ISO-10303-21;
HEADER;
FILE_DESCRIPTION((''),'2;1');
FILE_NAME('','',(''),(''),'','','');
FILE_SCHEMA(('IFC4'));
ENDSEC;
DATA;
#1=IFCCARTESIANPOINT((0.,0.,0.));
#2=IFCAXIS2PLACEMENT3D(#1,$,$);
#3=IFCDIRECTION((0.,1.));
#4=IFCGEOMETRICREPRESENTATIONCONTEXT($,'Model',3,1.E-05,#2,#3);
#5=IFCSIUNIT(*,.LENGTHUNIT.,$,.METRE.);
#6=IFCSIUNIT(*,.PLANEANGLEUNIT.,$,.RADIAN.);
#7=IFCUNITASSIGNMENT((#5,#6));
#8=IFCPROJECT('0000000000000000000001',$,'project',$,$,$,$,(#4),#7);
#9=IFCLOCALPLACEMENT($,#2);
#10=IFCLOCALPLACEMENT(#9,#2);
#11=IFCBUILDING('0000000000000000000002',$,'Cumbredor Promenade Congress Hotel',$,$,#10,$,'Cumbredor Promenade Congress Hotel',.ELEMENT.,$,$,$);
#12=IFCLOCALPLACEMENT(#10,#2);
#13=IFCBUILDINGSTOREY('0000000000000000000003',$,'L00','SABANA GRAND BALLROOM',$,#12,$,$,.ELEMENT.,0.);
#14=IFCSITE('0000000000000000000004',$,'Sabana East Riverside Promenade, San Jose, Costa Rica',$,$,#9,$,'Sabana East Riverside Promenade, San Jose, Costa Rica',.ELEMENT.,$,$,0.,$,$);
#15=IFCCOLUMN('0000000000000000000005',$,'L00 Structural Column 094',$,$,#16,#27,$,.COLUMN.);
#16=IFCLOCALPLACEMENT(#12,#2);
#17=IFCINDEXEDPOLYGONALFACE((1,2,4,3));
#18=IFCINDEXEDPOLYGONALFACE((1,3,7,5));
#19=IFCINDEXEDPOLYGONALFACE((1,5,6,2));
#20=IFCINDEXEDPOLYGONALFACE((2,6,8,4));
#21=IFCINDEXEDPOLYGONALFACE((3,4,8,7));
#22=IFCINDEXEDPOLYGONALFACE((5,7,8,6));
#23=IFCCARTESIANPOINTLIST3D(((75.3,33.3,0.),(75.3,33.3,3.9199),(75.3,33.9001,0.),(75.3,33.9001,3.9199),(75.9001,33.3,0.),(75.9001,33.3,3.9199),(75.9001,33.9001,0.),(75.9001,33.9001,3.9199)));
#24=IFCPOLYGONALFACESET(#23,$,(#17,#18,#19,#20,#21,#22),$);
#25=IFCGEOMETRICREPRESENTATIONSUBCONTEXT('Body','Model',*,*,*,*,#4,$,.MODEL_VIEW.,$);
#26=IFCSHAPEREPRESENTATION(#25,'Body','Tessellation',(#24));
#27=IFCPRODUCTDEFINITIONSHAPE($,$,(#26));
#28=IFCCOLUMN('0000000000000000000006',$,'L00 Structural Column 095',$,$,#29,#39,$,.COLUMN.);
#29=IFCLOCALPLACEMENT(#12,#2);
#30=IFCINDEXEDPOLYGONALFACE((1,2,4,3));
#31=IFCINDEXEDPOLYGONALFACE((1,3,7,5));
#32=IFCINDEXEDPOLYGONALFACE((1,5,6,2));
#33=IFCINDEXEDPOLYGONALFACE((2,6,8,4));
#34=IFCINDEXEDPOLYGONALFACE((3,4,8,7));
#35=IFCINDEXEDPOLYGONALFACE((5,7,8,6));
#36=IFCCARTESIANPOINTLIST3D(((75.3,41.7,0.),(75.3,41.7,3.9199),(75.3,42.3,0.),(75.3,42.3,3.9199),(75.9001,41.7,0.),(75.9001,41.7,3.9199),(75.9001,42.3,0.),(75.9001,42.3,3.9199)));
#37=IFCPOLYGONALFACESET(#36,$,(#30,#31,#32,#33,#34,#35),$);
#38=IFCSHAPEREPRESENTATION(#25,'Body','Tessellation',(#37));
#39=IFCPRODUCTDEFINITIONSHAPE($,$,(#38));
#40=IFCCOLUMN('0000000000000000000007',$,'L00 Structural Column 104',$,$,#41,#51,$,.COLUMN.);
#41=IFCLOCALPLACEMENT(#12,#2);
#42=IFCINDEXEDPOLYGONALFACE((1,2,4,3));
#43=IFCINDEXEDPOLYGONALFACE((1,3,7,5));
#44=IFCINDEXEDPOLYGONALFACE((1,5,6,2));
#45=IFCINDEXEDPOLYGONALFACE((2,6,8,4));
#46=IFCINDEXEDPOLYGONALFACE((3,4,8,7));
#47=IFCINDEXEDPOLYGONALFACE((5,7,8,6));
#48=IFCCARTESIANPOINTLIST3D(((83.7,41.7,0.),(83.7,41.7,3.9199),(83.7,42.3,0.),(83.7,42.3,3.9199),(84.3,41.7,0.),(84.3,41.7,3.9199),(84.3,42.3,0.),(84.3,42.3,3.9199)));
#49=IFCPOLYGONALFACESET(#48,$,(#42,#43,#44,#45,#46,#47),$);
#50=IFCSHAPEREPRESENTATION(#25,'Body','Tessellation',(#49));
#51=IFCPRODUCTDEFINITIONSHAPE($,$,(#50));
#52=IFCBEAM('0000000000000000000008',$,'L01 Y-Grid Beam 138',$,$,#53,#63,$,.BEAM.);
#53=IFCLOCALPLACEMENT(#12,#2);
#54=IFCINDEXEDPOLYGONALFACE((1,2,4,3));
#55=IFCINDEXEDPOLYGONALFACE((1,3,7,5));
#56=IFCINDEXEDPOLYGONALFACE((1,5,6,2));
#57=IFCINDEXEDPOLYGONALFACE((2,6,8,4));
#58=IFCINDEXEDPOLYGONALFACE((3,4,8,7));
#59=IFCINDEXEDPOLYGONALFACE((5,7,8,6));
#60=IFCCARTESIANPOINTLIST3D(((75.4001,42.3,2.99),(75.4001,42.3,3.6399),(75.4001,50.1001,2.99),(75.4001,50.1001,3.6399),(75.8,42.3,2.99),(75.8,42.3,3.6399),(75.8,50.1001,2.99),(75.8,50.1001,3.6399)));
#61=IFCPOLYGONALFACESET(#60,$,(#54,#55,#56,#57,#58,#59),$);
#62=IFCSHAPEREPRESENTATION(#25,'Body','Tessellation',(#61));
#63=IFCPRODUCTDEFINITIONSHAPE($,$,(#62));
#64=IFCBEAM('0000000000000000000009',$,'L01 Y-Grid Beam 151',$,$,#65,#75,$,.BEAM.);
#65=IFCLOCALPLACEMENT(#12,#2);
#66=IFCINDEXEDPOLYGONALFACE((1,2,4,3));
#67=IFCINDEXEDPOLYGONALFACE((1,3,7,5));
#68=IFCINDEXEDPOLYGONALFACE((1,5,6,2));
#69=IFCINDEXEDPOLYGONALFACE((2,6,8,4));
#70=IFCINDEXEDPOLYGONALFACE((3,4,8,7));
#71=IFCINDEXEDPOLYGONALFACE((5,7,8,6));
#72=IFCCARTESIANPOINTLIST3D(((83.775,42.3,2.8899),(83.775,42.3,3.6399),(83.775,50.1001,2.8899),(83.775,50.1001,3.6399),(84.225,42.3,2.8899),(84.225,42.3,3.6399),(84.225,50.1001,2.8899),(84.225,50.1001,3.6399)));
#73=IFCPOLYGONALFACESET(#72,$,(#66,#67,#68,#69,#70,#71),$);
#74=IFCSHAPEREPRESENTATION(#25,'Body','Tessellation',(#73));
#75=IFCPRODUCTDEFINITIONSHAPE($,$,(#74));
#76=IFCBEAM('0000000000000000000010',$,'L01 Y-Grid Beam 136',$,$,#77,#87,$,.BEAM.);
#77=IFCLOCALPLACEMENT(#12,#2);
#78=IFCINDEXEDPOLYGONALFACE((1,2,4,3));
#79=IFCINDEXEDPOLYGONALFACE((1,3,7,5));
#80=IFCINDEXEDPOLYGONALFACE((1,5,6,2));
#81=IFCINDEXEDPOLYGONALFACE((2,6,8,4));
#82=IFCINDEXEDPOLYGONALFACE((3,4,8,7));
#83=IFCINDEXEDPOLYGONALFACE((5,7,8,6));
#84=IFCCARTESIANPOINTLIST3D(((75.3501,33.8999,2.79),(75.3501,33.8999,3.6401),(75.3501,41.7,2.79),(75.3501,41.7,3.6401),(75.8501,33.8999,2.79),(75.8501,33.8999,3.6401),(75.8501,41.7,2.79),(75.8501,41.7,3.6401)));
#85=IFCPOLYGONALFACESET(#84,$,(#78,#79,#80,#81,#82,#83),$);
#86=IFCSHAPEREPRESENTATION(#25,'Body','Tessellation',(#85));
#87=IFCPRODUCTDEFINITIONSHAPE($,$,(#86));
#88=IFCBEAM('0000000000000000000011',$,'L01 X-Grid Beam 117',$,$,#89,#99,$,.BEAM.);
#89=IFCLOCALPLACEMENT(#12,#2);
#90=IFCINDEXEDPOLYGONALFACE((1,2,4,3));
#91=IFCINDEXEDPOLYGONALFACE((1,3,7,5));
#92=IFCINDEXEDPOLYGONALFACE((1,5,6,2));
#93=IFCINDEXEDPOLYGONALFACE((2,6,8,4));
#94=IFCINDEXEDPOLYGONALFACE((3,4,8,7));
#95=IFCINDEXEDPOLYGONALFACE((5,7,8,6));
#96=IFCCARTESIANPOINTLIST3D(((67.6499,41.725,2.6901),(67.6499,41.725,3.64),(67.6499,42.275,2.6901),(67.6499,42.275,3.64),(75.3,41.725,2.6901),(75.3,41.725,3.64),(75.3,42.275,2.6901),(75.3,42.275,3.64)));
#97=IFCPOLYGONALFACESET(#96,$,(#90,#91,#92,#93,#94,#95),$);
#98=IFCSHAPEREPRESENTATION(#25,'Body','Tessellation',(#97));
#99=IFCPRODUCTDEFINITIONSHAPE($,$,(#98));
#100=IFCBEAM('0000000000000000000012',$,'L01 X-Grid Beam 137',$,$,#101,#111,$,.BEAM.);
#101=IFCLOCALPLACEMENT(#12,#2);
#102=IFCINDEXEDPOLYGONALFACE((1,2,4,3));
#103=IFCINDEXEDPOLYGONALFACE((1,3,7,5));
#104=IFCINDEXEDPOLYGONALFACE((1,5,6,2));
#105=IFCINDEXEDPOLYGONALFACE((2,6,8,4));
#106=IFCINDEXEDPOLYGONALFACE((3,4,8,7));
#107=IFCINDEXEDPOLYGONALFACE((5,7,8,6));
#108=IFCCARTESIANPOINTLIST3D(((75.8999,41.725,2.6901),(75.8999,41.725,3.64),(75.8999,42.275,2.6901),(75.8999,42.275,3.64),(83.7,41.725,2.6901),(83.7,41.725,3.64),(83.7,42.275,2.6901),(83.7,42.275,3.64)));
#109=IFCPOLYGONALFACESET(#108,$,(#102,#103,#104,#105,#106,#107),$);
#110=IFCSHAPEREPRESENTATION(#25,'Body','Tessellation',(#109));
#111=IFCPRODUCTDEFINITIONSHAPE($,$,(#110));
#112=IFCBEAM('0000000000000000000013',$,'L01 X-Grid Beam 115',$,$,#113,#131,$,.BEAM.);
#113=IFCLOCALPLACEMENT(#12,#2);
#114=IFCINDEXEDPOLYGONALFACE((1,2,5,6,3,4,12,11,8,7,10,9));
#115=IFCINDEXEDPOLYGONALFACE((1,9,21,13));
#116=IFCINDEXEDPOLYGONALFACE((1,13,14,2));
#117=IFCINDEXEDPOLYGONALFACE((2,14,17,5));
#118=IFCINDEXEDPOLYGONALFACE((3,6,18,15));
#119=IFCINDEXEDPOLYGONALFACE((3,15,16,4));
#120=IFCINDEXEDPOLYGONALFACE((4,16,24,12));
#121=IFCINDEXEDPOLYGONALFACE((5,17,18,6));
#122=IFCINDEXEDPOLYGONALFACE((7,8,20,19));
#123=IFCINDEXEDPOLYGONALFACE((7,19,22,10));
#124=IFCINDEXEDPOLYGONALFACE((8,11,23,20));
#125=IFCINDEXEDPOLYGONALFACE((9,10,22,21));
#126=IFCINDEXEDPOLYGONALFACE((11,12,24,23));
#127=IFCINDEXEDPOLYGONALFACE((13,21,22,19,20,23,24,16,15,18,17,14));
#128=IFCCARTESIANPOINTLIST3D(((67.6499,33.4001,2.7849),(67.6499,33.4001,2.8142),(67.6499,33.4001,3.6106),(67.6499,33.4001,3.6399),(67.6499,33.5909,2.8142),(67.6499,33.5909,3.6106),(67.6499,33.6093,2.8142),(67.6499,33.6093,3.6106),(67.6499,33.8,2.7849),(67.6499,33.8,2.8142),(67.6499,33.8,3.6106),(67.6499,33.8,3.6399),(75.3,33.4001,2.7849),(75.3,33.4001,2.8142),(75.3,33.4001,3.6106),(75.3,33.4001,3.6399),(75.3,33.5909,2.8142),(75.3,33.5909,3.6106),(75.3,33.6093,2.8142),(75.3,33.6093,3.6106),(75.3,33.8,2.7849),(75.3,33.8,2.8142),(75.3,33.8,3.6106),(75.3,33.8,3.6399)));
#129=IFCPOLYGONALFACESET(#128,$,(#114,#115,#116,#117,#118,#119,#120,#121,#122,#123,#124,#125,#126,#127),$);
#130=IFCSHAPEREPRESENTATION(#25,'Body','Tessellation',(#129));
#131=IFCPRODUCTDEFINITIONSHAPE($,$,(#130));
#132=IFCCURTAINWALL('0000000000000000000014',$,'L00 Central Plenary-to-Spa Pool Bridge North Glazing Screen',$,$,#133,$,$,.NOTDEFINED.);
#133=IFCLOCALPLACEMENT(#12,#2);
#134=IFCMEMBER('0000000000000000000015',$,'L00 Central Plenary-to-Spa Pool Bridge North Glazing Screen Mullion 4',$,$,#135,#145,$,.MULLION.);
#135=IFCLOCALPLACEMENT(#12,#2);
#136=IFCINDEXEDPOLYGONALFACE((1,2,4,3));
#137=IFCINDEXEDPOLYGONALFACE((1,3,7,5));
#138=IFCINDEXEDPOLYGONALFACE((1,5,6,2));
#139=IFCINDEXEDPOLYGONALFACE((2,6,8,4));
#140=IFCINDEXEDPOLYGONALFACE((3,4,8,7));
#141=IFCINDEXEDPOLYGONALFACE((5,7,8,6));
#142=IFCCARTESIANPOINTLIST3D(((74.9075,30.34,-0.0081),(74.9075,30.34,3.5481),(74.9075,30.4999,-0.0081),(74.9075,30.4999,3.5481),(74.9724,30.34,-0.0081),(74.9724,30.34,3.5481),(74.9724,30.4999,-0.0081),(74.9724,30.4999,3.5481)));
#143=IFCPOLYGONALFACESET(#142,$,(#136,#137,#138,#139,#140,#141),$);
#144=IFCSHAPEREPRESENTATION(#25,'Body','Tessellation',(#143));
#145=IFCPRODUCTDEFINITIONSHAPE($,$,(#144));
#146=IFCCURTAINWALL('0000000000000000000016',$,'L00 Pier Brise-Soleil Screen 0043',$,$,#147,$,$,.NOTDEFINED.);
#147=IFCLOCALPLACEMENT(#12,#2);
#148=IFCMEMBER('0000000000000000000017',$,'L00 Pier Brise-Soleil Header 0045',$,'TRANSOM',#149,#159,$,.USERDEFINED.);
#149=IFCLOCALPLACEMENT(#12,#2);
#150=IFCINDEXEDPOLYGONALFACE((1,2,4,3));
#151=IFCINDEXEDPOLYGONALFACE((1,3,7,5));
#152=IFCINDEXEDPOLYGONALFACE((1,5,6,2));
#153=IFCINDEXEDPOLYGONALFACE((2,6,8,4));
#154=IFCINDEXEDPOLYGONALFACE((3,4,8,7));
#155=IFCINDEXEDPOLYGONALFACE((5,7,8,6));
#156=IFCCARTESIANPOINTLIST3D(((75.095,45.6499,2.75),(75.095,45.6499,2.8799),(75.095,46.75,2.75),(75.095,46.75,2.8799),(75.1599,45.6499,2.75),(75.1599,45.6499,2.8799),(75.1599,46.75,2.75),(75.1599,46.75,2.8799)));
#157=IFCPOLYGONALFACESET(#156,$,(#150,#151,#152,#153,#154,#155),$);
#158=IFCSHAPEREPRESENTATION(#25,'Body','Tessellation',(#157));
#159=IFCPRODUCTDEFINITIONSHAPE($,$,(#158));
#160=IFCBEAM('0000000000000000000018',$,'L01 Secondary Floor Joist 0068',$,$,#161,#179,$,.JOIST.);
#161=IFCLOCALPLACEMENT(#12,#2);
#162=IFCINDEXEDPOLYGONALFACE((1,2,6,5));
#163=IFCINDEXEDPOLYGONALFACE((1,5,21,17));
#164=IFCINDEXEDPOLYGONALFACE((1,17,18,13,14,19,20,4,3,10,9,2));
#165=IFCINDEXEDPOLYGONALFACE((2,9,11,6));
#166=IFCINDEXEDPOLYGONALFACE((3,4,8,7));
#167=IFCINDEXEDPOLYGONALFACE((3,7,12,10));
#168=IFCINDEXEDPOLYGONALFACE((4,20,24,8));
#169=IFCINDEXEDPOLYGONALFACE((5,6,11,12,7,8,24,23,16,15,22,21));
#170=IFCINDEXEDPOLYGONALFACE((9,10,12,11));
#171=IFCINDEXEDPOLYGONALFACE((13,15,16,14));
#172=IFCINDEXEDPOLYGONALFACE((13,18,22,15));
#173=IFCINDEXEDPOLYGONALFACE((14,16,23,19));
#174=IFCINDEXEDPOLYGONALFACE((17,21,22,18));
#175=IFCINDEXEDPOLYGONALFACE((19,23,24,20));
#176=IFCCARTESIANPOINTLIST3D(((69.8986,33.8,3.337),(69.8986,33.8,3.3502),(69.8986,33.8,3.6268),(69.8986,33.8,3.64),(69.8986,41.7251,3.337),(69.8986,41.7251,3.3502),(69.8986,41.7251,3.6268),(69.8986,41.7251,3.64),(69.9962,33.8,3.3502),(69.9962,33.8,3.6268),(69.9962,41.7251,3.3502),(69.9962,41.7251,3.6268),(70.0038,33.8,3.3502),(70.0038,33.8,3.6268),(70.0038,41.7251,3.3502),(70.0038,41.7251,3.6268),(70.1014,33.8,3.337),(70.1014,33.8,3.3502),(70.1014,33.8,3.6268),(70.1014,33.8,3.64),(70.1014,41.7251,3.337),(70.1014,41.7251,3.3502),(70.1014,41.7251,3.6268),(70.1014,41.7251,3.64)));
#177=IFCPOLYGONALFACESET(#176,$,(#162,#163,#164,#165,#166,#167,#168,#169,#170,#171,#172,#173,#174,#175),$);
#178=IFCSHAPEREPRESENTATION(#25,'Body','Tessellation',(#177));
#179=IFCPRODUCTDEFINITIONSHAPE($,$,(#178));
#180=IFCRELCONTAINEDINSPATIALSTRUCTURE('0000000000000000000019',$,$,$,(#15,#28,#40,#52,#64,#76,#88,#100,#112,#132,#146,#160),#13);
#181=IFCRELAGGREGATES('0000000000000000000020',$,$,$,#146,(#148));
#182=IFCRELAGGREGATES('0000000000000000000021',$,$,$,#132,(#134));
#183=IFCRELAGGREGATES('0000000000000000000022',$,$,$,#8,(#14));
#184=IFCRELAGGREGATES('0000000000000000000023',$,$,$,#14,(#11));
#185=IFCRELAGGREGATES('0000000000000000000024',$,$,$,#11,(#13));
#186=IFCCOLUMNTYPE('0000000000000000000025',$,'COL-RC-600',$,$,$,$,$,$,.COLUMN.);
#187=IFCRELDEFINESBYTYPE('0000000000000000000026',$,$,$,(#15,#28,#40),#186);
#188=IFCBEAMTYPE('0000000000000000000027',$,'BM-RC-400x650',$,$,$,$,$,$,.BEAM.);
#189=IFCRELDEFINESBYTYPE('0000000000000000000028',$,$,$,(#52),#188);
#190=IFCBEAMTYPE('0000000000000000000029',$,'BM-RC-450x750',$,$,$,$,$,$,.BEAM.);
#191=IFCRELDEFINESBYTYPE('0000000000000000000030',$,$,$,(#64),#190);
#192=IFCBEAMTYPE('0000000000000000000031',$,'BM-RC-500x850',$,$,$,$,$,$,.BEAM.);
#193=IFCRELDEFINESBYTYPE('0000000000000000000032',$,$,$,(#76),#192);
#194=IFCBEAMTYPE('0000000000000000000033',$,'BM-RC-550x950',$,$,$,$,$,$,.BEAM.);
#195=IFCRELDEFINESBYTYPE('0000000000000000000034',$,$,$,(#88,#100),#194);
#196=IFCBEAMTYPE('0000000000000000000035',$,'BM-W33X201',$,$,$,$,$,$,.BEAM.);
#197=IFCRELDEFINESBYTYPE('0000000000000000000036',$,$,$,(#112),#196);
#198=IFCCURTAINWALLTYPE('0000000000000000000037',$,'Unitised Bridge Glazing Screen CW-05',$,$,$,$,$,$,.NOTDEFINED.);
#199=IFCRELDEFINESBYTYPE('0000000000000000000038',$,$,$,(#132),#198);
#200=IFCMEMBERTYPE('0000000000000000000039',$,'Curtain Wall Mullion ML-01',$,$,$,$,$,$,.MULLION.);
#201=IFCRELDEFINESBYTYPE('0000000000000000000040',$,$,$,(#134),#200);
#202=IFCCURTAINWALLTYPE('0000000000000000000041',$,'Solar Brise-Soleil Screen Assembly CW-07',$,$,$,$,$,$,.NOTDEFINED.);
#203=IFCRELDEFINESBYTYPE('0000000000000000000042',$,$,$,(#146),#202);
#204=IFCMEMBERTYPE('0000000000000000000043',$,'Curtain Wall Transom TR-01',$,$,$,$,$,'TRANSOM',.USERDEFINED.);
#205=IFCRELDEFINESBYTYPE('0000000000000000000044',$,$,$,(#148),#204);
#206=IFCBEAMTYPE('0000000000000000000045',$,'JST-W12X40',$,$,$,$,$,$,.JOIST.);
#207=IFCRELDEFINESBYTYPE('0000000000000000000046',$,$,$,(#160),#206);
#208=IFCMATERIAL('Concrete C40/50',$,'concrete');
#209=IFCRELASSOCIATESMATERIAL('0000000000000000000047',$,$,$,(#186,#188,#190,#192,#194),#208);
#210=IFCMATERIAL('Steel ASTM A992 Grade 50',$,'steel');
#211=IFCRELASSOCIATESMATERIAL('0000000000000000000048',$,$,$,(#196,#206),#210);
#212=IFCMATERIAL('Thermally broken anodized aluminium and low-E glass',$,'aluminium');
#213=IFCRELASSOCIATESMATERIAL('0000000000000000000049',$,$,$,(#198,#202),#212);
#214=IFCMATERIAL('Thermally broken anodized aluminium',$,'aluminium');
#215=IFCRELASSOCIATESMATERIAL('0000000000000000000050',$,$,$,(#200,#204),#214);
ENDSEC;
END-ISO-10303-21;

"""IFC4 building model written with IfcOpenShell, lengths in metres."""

from ifc_helpers import new_model, si_unit, direction, frame, origin, origin_2d, place, context, subcontext, project, spatial, rectangle, i_section, extrude, material, material_profile, profile_set, type_object, element, aggregate, save


model = new_model("IFC4")

# Units and contexts
model_context = context("Model", 3, precision=1e-05, world=origin(), true_north=direction((0.0, 1.0)))
body_context = subcontext(model_context, "Body", "Model", "MODEL_VIEW")
ifc_project = project(units=[si_unit("LENGTHUNIT", "METRE"), si_unit("PLANEANGLEUNIT", "RADIAN")], contexts=[model_context])

# Site, building, storey
site_placement = place(None, origin())
site = spatial("IfcSite", under=ifc_project, at=site_placement, Name="Sabana East Riverside Promenade, San Jose, Costa Rica", LongName="Sabana East Riverside Promenade, San Jose, Costa Rica", CompositionType="ELEMENT", RefElevation=0.0)
building_placement = place(site_placement, origin())
building = spatial("IfcBuilding", under=site, at=building_placement, Name="Cumbredor Promenade Congress Hotel", LongName="Cumbredor Promenade Congress Hotel", CompositionType="ELEMENT")
storey_placement = place(building_placement, origin())
storey = spatial("IfcBuildingStorey", under=building, at=storey_placement, Name="L00", Description="SABANA GRAND BALLROOM", CompositionType="ELEMENT", Elevation=0.0)

# Columns
ifc_material_1 = material(Name="Concrete C40/50", Category="concrete")
ifc_material_profile_1 = material_profile(ifc_material_1, rectangle(XDim=0.6001, YDim=0.6001, at=origin_2d()), Name="RC 600x600")
ifc_profile_set_1 = profile_set([ifc_material_profile_1], Name="Concrete C40/50")
column_type = type_object("IfcColumnType", Name="COL-RC-600", PredefinedType="COLUMN", material=ifc_profile_set_1)
for number, where, z_axis, x_axis, name in (
    (1, (75.6001, 33.6001, 0.0), (0.0, 0.0, 1.0), (1.0, 0.0, 0.0), "L00 Structural Column 094"),
    (2, (75.6001, 42.0, 0.0), (0.0, 0.0, 1.0), (1.0, 0.0, 0.0), "L00 Structural Column 095"),
    (3, (84.0, 42.0, 0.0), (0.0, 0.0, 1.0), (1.0, 0.0, 0.0), "L00 Structural Column 104"),
):
    element("IfcColumn", number, at=place(storey_placement, frame(where, z_axis=z_axis, x_axis=x_axis)), inside=storey, type_object=column_type, Name=name, PredefinedType="COLUMN", context=body_context, shape_type="SweptSolid", body=[
        extrude(rectangle(XDim=0.6001, YDim=0.6001, at=origin_2d()), origin(), (0.0, 0.0, 1.0), 3.9199),
    ])

# Beams
ifc_material_profile_2 = material_profile(ifc_material_1, rectangle(XDim=0.3999, YDim=0.6499, at=origin_2d()), Name="RC BEAM 400x650")
ifc_profile_set_2 = profile_set([ifc_material_profile_2], Name="Concrete C40/50")
beam_type_1 = type_object("IfcBeamType", Name="BM-RC-400x650", PredefinedType="BEAM", material=ifc_profile_set_2)
beam_1_placement = place(storey_placement, frame((75.6001, 42.3, 3.3149), z_axis=(0.0, 1.0, 0.0), x_axis=(-1.0, 0.0, 0.0)))
element("IfcBeam", 4, at=beam_1_placement, inside=storey, type_object=beam_type_1, Name="L01 Y-Grid Beam 138", PredefinedType="BEAM", context=body_context, shape_type="SweptSolid", body=[
    extrude(rectangle(XDim=0.3999, YDim=0.6499, at=origin_2d()), origin(), (0.0, 0.0, 1.0), 7.8),
])
ifc_material_profile_3 = material_profile(ifc_material_1, rectangle(XDim=0.45, YDim=0.75, at=origin_2d()), Name="RC BEAM 450x750")
ifc_profile_set_3 = profile_set([ifc_material_profile_3], Name="Concrete C40/50")
beam_type_2 = type_object("IfcBeamType", Name="BM-RC-450x750", PredefinedType="BEAM", material=ifc_profile_set_3)
beam_2_placement = place(storey_placement, frame((84.0, 42.3, 3.2649), z_axis=(0.0, 1.0, 0.0), x_axis=(-1.0, 0.0, 0.0)))
element("IfcBeam", 5, at=beam_2_placement, inside=storey, type_object=beam_type_2, Name="L01 Y-Grid Beam 151", PredefinedType="BEAM", context=body_context, shape_type="SweptSolid", body=[
    extrude(rectangle(XDim=0.45, YDim=0.75, at=origin_2d()), origin(), (0.0, 0.0, 1.0), 7.8),
])
ifc_material_profile_4 = material_profile(ifc_material_1, rectangle(XDim=0.5, YDim=0.8501, at=origin_2d()), Name="RC BEAM 500x850")
ifc_profile_set_4 = profile_set([ifc_material_profile_4], Name="Concrete C40/50")
beam_type_3 = type_object("IfcBeamType", Name="BM-RC-500x850", PredefinedType="BEAM", material=ifc_profile_set_4)
beam_3_placement = place(storey_placement, frame((75.6001, 33.8999, 3.2151), z_axis=(0.0, 1.0, 0.0), x_axis=(-1.0, 0.0, 0.0)))
element("IfcBeam", 6, at=beam_3_placement, inside=storey, type_object=beam_type_3, Name="L01 Y-Grid Beam 136", PredefinedType="BEAM", context=body_context, shape_type="SweptSolid", body=[
    extrude(rectangle(XDim=0.5, YDim=0.8501, at=origin_2d()), origin(), (0.0, 0.0, 1.0), 7.8),
])
ifc_material_profile_5 = material_profile(ifc_material_1, rectangle(XDim=0.55, YDim=0.95, at=origin_2d()), Name="RC BEAM 550x950")
ifc_profile_set_5 = profile_set([ifc_material_profile_5], Name="Concrete C40/50")
beam_type_4 = type_object("IfcBeamType", Name="BM-RC-550x950", PredefinedType="BEAM", material=ifc_profile_set_5)
beam_4_placement = place(storey_placement, frame((67.6499, 42.0, 3.165), z_axis=(1.0, 0.0, 0.0), x_axis=(0.0, 1.0, 0.0)))
element("IfcBeam", 7, at=beam_4_placement, inside=storey, type_object=beam_type_4, Name="L01 X-Grid Beam 117", PredefinedType="BEAM", context=body_context, shape_type="SweptSolid", body=[
    extrude(rectangle(XDim=0.55, YDim=0.95, at=origin_2d()), origin(), (0.0, 0.0, 1.0), 7.6501),
])
beam_5_placement = place(storey_placement, frame((75.8999, 42.0, 3.165), z_axis=(1.0, 0.0, 0.0), x_axis=(0.0, 1.0, 0.0)))
element("IfcBeam", 8, at=beam_5_placement, inside=storey, type_object=beam_type_4, Name="L01 X-Grid Beam 137", PredefinedType="BEAM", context=body_context, shape_type="SweptSolid", body=[
    extrude(rectangle(XDim=0.55, YDim=0.95, at=origin_2d()), origin(), (0.0, 0.0, 1.0), 7.8),
])
ifc_material_2 = material(Name="Steel ASTM A992 Grade 50", Category="steel")
ifc_material_profile_6 = material_profile(ifc_material_2, i_section(OverallWidth=0.3999, OverallDepth=0.855, WebThickness=0.0183, FlangeThickness=0.0293, at=origin_2d()), Name="W33X201")
ifc_profile_set_6 = profile_set([ifc_material_profile_6], Name="Steel ASTM A992 Grade 50")
beam_type_5 = type_object("IfcBeamType", Name="BM-W33X201", PredefinedType="BEAM", material=ifc_profile_set_6)
beam_6_placement = place(storey_placement, frame((67.6499, 33.6001, 3.2124), z_axis=(1.0, 0.0, 0.0), x_axis=(0.0, 1.0, 0.0)))
element("IfcBeam", 9, at=beam_6_placement, inside=storey, type_object=beam_type_5, Name="L01 X-Grid Beam 115", PredefinedType="BEAM", context=body_context, shape_type="SweptSolid", body=[
    extrude(i_section(OverallWidth=0.3999, OverallDepth=0.855, WebThickness=0.0183, FlangeThickness=0.0293, at=origin_2d()), origin(), (0.0, 0.0, 1.0), 7.6501),
])

# Curtain walls, members
ifc_material_3 = material(Name="Thermally broken anodized aluminium and low-E glass", Category="aluminium")
curtain_wall_type_1 = type_object("IfcCurtainWallType", Name="Unitised Bridge Glazing Screen CW-05", PredefinedType="NOTDEFINED", material=ifc_material_3)
curtain_wall_1_placement = place(storey_placement, origin())
curtain_wall_1 = element("IfcCurtainWall", 10, at=curtain_wall_1_placement, inside=storey, type_object=curtain_wall_type_1, Name="L00 Central Plenary-to-Spa Pool Bridge North Glazing Screen", PredefinedType="NOTDEFINED")
ifc_material_4 = material(Name="Thermally broken anodized aluminium", Category="aluminium")
ifc_material_profile_7 = material_profile(ifc_material_4, rectangle(XDim=0.0649, YDim=0.1599, at=origin_2d()), Name="ALU MULLION 65x160")
ifc_profile_set_7 = profile_set([ifc_material_profile_7], Name="Thermally broken anodized aluminium")
member_type_1 = type_object("IfcMemberType", Name="Curtain Wall Mullion ML-01", PredefinedType="MULLION", material=ifc_profile_set_7)
member_1_placement = place(storey_placement, frame((74.9399, 30.4199, -0.0081), z_axis=(0.0, 0.0, 1.0), x_axis=(1.0, 0.0, 0.0)))
member_1 = element("IfcMember", 11, at=member_1_placement, type_object=member_type_1, Name="L00 Central Plenary-to-Spa Pool Bridge North Glazing Screen Mullion 4", PredefinedType="MULLION", context=body_context, shape_type="SweptSolid", body=[
    extrude(rectangle(XDim=0.0649, YDim=0.1599, at=origin_2d()), origin(), (0.0, 0.0, 1.0), 3.5562),
])
curtain_wall_type_2 = type_object("IfcCurtainWallType", Name="Solar Brise-Soleil Screen Assembly CW-07", PredefinedType="NOTDEFINED", material=ifc_material_3)
curtain_wall_2_placement = place(storey_placement, origin())
curtain_wall_2 = element("IfcCurtainWall", 12, at=curtain_wall_2_placement, inside=storey, type_object=curtain_wall_type_2, Name="L00 Pier Brise-Soleil Screen 0043", PredefinedType="NOTDEFINED")
ifc_material_profile_8 = material_profile(ifc_material_4, rectangle(XDim=0.0649, YDim=0.1299, at=origin_2d()), Name="ALU TRANSOM 65x130")
ifc_profile_set_8 = profile_set([ifc_material_profile_8], Name="Thermally broken anodized aluminium")
member_type_2 = type_object("IfcMemberType", Name="Curtain Wall Transom TR-01", ElementType="TRANSOM", PredefinedType="USERDEFINED", material=ifc_profile_set_8)
member_2_placement = place(storey_placement, frame((75.1274, 45.6499, 2.8149), z_axis=(0.0, 1.0, 0.0), x_axis=(-1.0, 0.0, 0.0)))
member_2 = element("IfcMember", 13, at=member_2_placement, type_object=member_type_2, Name="L00 Pier Brise-Soleil Header 0045", ObjectType="TRANSOM", PredefinedType="USERDEFINED", context=body_context, shape_type="SweptSolid", body=[
    extrude(rectangle(XDim=0.0649, YDim=0.1299, at=origin_2d()), origin(), (0.0, 0.0, 1.0), 1.1001),
])
aggregate(curtain_wall_2, [member_2])

# Beam
ifc_material_profile_9 = material_profile(ifc_material_2, i_section(OverallWidth=0.2029, OverallDepth=0.303, WebThickness=0.0076, FlangeThickness=0.0132, at=origin_2d()), Name="W12X40")
ifc_profile_set_9 = profile_set([ifc_material_profile_9], Name="Steel ASTM A992 Grade 50")
beam_type_6 = type_object("IfcBeamType", Name="JST-W12X40", PredefinedType="JOIST", material=ifc_profile_set_9)
for number, where, z_axis, x_axis, name in (
    (14, (70.0, 33.8, 3.4885), (0.0, 1.0, 0.0), (-1.0, 0.0, 0.0), "L01 Secondary Floor Joist 0068"),
):
    element("IfcBeam", number, at=place(storey_placement, frame(where, z_axis=z_axis, x_axis=x_axis)), inside=storey, type_object=beam_type_6, Name=name, PredefinedType="JOIST", context=body_context, shape_type="SweptSolid", body=[
        extrude(i_section(OverallWidth=0.2029, OverallDepth=0.303, WebThickness=0.0076, FlangeThickness=0.0132, at=origin_2d()), origin(), (0.0, 0.0, 1.0), 7.925),
    ])

aggregate(curtain_wall_1, [member_1])

save(model, "model.ifc")
